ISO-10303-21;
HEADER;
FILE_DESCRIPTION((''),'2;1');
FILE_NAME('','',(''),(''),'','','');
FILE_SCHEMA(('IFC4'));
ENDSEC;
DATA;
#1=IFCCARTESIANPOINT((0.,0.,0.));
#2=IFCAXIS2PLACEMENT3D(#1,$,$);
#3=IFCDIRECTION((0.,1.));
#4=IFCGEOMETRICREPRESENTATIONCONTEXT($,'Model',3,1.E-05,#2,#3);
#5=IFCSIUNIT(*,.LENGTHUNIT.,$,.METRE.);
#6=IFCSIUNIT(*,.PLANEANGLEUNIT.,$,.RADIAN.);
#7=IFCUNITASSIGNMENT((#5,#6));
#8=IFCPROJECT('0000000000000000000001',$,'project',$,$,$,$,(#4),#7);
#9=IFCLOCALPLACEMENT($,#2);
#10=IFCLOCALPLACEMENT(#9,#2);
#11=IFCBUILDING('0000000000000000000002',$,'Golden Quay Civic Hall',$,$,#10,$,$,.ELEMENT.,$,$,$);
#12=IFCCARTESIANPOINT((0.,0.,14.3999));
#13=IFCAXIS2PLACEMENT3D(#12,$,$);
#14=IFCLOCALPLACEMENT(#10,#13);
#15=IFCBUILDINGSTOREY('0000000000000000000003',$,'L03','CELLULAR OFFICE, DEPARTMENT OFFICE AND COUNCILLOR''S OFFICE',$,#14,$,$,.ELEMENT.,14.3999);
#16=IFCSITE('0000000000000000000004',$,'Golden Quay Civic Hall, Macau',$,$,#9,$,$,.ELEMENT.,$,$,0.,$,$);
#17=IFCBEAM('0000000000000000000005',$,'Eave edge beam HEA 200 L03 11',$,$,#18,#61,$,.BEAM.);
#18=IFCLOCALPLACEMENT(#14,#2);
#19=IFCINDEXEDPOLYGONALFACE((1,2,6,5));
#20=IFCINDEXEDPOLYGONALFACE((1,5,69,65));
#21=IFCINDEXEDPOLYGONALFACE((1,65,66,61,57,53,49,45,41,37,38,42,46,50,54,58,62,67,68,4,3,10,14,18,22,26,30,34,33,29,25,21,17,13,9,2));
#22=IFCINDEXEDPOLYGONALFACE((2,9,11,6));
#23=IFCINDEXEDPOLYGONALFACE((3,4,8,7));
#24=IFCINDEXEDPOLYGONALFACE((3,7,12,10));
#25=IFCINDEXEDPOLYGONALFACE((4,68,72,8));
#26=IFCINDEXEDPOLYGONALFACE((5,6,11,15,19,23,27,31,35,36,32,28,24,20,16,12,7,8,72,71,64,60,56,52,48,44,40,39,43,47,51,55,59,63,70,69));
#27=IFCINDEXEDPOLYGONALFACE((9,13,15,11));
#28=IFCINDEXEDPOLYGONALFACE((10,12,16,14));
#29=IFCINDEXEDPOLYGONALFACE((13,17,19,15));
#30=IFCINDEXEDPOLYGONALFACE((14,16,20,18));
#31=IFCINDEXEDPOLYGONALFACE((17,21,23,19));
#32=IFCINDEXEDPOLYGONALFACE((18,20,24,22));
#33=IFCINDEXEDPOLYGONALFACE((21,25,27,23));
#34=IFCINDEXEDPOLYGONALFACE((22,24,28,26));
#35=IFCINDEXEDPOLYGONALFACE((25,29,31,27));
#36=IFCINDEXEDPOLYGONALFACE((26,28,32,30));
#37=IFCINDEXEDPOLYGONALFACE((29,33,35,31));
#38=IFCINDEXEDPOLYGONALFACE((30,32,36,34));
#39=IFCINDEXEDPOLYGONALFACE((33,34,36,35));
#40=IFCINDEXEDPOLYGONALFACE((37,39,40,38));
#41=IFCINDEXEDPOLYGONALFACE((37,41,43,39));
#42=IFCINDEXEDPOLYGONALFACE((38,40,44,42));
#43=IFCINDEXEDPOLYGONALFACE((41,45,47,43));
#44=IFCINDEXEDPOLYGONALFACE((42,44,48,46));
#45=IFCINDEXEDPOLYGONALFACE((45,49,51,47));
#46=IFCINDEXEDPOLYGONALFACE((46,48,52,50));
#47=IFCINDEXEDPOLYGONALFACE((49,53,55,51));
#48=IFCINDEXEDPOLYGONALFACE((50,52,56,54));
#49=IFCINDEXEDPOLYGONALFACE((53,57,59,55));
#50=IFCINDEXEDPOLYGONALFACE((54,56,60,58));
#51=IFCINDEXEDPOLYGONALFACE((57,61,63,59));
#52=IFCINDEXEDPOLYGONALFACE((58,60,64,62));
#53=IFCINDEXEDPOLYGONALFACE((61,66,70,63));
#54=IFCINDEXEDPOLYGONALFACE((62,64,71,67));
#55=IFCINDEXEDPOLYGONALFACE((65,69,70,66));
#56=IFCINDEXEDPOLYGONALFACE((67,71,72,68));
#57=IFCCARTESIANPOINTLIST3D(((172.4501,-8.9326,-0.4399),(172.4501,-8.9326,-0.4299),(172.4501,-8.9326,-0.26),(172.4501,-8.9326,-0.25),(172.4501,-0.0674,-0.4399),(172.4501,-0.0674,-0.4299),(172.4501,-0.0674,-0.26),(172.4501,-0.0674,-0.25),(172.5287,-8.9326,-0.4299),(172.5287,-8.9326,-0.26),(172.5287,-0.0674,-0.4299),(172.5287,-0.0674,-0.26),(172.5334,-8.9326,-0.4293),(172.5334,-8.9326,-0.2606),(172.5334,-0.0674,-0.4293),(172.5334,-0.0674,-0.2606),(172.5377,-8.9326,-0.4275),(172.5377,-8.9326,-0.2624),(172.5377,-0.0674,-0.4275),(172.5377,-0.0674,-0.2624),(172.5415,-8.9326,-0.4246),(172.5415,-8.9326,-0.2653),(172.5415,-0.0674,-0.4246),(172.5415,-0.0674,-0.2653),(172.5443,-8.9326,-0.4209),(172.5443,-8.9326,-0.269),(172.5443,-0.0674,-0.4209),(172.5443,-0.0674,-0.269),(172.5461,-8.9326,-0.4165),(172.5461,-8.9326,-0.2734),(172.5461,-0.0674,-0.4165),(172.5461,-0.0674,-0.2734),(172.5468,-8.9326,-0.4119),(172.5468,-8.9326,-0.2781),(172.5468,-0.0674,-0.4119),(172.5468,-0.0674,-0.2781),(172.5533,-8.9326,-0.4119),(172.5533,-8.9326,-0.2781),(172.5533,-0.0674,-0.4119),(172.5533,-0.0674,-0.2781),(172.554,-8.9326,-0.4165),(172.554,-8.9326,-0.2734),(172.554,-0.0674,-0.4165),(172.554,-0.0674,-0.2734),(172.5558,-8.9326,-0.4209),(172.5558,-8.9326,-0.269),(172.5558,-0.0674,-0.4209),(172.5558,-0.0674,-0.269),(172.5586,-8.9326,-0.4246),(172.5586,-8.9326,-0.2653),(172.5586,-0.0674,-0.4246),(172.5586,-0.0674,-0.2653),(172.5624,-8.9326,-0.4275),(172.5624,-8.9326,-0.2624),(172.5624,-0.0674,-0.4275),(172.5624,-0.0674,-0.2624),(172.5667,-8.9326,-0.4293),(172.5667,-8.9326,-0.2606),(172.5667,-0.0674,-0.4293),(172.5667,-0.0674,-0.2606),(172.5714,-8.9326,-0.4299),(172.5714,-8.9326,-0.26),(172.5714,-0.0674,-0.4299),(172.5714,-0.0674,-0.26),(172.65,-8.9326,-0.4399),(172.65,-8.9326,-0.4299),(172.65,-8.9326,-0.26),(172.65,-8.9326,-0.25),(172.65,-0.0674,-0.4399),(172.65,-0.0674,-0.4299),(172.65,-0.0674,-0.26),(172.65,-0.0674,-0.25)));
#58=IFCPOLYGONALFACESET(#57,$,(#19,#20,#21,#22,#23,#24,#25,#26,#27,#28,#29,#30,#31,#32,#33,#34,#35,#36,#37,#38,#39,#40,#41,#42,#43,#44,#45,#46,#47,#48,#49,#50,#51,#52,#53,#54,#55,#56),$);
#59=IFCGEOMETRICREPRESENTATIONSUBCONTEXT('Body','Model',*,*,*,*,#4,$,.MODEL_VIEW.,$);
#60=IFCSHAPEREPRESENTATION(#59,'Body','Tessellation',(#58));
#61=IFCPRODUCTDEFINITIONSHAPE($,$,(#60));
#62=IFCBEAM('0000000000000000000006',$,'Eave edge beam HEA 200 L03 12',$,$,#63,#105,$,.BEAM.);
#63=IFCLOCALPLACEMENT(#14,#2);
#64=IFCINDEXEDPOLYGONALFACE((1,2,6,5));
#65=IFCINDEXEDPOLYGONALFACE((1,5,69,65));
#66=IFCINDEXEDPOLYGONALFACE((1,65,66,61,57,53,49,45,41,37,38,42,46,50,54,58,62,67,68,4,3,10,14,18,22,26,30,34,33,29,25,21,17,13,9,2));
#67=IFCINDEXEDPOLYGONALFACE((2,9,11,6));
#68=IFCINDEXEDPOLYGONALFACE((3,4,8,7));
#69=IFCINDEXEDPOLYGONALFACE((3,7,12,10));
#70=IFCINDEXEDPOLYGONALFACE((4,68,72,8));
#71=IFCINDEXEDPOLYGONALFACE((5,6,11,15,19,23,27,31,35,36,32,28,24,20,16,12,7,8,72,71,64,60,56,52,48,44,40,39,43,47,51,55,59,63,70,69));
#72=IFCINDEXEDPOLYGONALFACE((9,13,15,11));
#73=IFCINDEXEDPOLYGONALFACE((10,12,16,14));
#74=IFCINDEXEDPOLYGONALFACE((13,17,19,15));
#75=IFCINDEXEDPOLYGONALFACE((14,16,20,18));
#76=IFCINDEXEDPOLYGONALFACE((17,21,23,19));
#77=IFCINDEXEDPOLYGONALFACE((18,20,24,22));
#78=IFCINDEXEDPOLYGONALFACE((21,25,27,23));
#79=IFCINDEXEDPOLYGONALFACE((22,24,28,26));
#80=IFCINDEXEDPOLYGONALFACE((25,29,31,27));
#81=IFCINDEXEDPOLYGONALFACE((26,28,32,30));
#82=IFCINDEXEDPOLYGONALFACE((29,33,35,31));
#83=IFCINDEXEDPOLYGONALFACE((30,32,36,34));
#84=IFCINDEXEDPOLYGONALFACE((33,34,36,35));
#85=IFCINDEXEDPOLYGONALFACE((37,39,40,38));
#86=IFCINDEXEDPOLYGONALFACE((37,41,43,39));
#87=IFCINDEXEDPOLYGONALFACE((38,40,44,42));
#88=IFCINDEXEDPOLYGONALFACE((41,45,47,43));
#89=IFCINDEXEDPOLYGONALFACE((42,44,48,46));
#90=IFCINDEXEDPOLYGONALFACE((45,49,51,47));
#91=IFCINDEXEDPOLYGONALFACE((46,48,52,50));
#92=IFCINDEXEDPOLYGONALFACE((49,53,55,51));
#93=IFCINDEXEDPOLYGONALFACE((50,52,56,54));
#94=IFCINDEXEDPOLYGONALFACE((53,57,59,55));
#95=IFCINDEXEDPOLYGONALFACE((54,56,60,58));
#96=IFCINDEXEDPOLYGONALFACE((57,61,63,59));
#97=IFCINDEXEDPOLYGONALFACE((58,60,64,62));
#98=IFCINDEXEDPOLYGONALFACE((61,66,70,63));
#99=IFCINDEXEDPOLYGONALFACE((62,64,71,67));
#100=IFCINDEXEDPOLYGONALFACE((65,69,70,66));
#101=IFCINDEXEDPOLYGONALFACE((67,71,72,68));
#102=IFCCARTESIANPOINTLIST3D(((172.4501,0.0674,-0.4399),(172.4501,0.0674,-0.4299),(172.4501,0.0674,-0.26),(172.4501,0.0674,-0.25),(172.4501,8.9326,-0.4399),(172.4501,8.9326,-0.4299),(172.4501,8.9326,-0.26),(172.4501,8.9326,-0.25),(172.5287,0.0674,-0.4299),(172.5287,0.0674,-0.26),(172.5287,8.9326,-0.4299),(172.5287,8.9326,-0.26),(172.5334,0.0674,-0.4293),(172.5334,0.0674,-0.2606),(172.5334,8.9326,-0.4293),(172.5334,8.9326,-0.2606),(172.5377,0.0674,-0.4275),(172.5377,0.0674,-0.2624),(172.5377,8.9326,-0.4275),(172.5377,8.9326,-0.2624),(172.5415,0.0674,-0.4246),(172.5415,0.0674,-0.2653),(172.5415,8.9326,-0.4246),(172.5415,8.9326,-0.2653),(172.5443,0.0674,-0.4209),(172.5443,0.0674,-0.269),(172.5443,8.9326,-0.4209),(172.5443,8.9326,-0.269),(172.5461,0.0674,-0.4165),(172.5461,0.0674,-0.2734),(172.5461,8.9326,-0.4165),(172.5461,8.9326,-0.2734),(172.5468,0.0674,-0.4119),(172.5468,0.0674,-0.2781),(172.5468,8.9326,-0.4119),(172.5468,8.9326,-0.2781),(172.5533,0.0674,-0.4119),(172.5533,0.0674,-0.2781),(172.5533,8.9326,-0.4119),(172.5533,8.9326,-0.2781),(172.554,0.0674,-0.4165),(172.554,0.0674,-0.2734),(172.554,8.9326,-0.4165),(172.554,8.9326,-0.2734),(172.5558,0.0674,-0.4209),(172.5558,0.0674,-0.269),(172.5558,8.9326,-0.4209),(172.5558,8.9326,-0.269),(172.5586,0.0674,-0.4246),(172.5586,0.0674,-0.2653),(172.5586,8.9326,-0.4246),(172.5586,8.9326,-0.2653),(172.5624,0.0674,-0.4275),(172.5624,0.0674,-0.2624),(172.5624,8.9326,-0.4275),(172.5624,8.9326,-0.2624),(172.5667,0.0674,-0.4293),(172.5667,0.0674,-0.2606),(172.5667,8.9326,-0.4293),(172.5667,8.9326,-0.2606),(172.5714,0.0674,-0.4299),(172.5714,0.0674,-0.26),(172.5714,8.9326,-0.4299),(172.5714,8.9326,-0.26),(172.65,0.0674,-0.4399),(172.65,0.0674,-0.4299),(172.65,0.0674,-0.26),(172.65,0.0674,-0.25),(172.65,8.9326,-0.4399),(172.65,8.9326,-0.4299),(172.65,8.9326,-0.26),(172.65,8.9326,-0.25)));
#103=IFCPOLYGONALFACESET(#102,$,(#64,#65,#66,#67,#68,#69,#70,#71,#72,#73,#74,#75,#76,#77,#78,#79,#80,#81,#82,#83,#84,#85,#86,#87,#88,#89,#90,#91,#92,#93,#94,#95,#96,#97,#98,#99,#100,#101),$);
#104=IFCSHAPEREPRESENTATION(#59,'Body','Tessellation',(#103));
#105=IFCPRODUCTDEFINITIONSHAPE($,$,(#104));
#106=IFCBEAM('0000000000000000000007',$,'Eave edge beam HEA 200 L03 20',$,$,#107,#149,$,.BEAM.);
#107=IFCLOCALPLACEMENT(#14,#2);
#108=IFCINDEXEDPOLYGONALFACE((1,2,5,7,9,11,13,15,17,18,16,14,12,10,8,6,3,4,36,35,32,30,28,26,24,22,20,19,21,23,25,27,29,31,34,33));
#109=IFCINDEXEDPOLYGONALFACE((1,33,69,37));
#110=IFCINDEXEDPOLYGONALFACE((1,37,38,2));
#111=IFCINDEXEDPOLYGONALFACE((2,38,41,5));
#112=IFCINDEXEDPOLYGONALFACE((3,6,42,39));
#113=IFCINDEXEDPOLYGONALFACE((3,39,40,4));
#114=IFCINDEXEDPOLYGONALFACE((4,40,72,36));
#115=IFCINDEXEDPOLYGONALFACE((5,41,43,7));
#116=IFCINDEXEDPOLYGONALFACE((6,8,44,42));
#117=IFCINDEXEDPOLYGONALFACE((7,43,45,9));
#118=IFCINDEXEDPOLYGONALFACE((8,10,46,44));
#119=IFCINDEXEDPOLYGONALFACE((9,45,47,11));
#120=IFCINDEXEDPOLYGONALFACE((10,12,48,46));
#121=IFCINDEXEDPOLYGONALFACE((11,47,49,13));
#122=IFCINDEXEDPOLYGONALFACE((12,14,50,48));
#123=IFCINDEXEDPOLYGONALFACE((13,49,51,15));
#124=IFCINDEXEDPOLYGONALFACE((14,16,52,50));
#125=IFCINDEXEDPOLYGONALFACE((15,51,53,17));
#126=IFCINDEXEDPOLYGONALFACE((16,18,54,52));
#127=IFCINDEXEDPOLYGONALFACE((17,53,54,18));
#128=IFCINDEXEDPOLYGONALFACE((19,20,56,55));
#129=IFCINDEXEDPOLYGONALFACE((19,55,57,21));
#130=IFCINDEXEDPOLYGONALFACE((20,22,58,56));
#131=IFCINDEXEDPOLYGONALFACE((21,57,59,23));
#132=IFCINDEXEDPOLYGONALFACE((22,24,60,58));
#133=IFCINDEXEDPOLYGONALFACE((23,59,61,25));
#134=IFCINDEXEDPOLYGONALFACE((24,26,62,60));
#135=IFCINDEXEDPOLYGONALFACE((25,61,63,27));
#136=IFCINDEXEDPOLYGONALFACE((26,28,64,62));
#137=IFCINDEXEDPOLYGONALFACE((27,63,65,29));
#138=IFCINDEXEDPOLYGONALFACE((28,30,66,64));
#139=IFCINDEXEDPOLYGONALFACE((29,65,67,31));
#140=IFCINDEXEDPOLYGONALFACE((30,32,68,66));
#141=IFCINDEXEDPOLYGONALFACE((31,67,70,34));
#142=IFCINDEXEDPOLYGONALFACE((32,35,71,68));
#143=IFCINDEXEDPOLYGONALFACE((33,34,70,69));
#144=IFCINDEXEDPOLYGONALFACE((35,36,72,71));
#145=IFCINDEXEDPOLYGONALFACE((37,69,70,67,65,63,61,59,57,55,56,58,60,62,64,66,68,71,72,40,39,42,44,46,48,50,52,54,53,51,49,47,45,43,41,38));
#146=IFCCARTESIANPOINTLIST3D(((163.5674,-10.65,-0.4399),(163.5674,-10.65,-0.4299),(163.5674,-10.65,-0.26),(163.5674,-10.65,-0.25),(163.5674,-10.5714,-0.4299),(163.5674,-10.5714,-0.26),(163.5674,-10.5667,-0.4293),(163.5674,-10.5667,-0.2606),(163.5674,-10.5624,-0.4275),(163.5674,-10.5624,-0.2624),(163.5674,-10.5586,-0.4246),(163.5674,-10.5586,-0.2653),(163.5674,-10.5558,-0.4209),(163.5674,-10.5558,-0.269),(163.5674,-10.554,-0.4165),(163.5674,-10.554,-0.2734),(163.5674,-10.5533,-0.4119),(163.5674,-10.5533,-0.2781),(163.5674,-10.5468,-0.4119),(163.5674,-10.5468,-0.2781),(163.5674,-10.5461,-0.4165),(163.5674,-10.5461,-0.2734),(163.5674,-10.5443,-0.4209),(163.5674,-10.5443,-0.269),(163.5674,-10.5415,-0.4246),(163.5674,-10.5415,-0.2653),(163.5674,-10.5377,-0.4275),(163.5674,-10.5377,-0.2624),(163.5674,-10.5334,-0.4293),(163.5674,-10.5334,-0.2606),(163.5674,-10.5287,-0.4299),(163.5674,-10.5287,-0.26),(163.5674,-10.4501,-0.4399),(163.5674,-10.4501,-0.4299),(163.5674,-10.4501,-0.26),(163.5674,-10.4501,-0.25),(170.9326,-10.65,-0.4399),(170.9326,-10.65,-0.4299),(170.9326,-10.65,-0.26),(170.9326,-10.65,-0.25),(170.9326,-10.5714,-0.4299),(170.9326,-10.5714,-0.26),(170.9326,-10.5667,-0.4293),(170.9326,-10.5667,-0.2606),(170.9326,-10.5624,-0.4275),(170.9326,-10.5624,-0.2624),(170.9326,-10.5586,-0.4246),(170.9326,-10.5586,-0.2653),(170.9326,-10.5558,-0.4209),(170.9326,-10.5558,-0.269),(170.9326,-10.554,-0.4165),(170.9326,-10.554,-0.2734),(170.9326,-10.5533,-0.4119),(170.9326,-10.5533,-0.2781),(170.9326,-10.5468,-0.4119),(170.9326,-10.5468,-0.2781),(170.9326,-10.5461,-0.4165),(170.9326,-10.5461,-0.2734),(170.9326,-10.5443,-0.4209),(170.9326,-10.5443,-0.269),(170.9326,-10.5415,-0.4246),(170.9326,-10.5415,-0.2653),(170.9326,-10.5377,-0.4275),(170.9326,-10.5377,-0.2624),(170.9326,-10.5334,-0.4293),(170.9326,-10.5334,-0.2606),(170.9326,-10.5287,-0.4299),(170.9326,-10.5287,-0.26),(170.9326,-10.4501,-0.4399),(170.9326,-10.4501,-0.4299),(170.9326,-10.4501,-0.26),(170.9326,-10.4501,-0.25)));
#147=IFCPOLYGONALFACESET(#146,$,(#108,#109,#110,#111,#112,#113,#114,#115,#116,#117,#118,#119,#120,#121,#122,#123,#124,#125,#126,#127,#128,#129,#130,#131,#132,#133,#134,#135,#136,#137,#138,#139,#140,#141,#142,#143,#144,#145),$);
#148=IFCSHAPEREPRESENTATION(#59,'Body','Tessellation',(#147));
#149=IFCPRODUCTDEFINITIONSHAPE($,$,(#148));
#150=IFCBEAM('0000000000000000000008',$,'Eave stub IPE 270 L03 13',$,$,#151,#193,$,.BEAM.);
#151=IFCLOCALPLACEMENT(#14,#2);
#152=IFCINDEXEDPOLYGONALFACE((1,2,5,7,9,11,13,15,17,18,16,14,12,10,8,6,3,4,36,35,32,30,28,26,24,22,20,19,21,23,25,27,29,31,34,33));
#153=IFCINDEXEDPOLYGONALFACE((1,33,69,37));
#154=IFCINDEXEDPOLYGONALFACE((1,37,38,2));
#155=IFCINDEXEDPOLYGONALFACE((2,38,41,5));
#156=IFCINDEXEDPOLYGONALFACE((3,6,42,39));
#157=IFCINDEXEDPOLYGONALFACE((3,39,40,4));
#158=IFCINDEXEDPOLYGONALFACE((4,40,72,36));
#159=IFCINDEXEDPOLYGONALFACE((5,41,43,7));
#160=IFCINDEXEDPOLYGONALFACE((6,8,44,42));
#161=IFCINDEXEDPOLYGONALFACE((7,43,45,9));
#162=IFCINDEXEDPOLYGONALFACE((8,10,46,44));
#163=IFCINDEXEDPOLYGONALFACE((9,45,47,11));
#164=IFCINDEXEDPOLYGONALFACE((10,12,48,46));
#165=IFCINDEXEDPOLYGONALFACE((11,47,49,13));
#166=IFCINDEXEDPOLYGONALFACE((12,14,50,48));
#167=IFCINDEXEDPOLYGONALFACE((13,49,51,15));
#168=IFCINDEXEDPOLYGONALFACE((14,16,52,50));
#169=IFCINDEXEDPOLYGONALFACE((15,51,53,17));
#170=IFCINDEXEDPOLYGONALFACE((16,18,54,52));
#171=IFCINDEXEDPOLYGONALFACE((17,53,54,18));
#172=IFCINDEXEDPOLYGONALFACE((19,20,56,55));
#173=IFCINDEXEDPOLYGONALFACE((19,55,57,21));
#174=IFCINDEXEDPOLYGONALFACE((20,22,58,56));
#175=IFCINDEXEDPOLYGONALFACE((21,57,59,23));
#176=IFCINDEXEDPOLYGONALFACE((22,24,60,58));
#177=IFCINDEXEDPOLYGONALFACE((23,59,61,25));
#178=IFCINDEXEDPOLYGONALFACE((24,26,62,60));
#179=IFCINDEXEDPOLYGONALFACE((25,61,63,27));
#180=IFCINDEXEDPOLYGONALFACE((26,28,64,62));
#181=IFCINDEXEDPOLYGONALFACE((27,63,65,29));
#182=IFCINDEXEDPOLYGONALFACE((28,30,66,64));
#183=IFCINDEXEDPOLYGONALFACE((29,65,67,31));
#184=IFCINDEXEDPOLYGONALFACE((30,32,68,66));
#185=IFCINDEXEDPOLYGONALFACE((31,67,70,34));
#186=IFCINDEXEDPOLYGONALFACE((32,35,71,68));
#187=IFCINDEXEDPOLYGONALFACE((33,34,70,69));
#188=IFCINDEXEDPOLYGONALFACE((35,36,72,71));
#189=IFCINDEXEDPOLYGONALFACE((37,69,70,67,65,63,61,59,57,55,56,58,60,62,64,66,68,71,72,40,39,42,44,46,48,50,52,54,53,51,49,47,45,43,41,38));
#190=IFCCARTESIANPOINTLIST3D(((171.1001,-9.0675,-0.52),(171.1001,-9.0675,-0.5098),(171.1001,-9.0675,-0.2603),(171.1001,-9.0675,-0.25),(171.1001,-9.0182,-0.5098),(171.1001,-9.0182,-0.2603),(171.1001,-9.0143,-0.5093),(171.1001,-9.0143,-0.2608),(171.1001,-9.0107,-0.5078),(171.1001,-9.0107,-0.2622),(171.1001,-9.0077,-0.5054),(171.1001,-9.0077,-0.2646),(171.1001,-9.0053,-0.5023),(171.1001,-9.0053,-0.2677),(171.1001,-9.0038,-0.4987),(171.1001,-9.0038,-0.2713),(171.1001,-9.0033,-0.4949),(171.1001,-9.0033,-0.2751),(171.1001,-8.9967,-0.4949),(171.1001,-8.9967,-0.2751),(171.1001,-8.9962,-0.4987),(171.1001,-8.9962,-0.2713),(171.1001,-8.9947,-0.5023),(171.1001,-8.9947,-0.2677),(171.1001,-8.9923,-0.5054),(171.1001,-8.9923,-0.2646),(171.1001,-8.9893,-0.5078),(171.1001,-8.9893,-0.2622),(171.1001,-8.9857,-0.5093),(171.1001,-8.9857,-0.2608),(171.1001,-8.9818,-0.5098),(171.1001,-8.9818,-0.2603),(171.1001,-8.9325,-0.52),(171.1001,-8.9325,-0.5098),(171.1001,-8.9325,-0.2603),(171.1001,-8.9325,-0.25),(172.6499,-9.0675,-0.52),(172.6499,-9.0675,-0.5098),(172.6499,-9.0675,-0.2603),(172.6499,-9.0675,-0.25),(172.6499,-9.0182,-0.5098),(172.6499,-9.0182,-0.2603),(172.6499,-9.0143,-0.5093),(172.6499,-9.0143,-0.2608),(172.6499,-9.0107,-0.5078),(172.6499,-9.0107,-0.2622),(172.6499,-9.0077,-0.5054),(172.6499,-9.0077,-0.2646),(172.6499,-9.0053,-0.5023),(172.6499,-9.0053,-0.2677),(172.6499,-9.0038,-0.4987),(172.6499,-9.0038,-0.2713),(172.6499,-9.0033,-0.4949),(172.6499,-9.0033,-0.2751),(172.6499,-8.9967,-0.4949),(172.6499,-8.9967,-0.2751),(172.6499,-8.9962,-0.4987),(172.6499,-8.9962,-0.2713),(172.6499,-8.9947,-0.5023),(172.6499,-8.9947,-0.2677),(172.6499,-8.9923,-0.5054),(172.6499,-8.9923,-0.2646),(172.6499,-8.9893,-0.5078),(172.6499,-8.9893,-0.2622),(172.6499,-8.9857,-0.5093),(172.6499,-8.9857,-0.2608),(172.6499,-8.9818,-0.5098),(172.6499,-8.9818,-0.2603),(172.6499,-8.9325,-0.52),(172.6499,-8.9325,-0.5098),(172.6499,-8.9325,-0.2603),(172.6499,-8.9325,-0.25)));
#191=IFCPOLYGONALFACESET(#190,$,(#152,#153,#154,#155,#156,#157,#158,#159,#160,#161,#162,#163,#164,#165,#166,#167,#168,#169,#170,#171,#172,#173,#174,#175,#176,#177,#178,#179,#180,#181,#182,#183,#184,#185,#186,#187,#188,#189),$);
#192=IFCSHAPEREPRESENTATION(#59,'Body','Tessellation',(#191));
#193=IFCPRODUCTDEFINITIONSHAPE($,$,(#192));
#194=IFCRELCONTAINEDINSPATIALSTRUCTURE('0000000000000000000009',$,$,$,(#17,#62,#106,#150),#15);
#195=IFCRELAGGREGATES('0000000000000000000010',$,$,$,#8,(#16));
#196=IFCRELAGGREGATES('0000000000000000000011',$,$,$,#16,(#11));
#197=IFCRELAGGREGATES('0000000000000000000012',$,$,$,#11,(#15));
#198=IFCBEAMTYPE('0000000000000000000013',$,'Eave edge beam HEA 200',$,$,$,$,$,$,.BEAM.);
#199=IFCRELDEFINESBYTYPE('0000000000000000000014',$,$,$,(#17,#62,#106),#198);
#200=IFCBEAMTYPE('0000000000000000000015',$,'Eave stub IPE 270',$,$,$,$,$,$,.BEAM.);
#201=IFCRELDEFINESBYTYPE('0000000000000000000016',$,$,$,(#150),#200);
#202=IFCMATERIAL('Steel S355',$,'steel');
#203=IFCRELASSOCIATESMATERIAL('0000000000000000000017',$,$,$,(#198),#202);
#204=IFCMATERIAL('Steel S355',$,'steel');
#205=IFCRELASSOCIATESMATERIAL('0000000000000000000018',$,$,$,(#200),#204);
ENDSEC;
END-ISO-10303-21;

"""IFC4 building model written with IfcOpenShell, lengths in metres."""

from ifc_helpers import new_model, si_unit, direction, frame, origin, origin_2d, place, context, subcontext, project, spatial, i_section, extrude, material, material_profile, profile_set, type_object, element, save


model = new_model("IFC4")

# Units and contexts
model_context = context("Model", 3, precision=1e-05, world=origin(), true_north=direction((0.0, 1.0)))
body_context = subcontext(model_context, "Body", "Model", "MODEL_VIEW")
ifc_project = project(units=[si_unit("LENGTHUNIT", "METRE"), si_unit("PLANEANGLEUNIT", "RADIAN")], contexts=[model_context])

# Site, building, storey
site_placement = place(None, origin())
site = spatial("IfcSite", under=ifc_project, at=site_placement, Name="Golden Quay Civic Hall, Macau", CompositionType="ELEMENT", RefElevation=0.0)
building_placement = place(site_placement, origin())
building = spatial("IfcBuilding", under=site, at=building_placement, Name="Golden Quay Civic Hall", CompositionType="ELEMENT")
storey_placement = place(building_placement, frame((0.0, 0.0, 14.3999)))
storey = spatial("IfcBuildingStorey", under=building, at=storey_placement, Name="L03", Description="CELLULAR OFFICE, DEPARTMENT OFFICE AND COUNCILLOR'S OFFICE", CompositionType="ELEMENT", Elevation=14.3999)

# Beams
ifc_material_1 = material(Name="Steel S355", Category="steel")
ifc_material_profile_1 = material_profile(ifc_material_1, i_section(OverallWidth=0.2, OverallDepth=0.1899, WebThickness=0.0066, FlangeThickness=0.01, FilletRadius=0.0181, at=origin_2d()), Name="HEA 200")
ifc_profile_set_1 = profile_set([ifc_material_profile_1], Name="Steel S355")
beam_type_1 = type_object("IfcBeamType", Name="Eave edge beam HEA 200", PredefinedType="BEAM", material=ifc_profile_set_1)
for number, where, z_axis, x_axis, name in (
    (1, (172.55, -8.9326, -0.345), (0.0, 1.0, 0.0), (-1.0, 0.0, 0.0), "Eave edge beam HEA 200 L03 11"),
    (2, (172.55, 0.0674, -0.345), (0.0, 1.0, 0.0), (-1.0, 0.0, 0.0), "Eave edge beam HEA 200 L03 12"),
):
    element("IfcBeam", number, at=place(storey_placement, frame(where, z_axis=z_axis, x_axis=x_axis)), inside=storey, type_object=beam_type_1, Name=name, PredefinedType="BEAM", context=body_context, shape_type="SweptSolid", body=[
        extrude(i_section(OverallWidth=0.2, OverallDepth=0.1899, WebThickness=0.0066, FlangeThickness=0.01, FilletRadius=0.0181, at=origin_2d()), origin(), (0.0, 0.0, 1.0), 8.8652),
    ])
beam_1_placement = place(storey_placement, frame((163.5674, -10.55, -0.345), z_axis=(1.0, 0.0, 0.0), x_axis=(0.0, 1.0, 0.0)))
element("IfcBeam", 3, at=beam_1_placement, inside=storey, type_object=beam_type_1, Name="Eave edge beam HEA 200 L03 20", PredefinedType="BEAM", context=body_context, shape_type="SweptSolid", body=[
    extrude(i_section(OverallWidth=0.2, OverallDepth=0.1899, WebThickness=0.0066, FlangeThickness=0.01, FilletRadius=0.0181, at=origin_2d()), origin(), (0.0, 0.0, 1.0), 7.3652),
])
ifc_material_2 = material(Name="Steel S355", Category="steel")
ifc_material_profile_2 = material_profile(ifc_material_2, i_section(OverallWidth=0.135, OverallDepth=0.27, WebThickness=0.0066, FlangeThickness=0.0103, FilletRadius=0.0149, at=origin_2d()), Name="IPE 270")
ifc_profile_set_2 = profile_set([ifc_material_profile_2], Name="Steel S355")
beam_type_2 = type_object("IfcBeamType", Name="Eave stub IPE 270", PredefinedType="BEAM", material=ifc_profile_set_2)
for number, where, z_axis, x_axis, name in (
    (4, (171.1001, -9.0, -0.385), (1.0, 0.0, 0.0), (0.0, 1.0, 0.0), "Eave stub IPE 270 L03 13"),
):
    element("IfcBeam", number, at=place(storey_placement, frame(where, z_axis=z_axis, x_axis=x_axis)), inside=storey, type_object=beam_type_2, Name=name, PredefinedType="BEAM", context=body_context, shape_type="SweptSolid", body=[
        extrude(i_section(OverallWidth=0.135, OverallDepth=0.27, WebThickness=0.0066, FlangeThickness=0.0103, FilletRadius=0.0149, at=origin_2d()), origin(), (0.0, 0.0, 1.0), 1.5498),
    ])

save(model, "model.ifc")
